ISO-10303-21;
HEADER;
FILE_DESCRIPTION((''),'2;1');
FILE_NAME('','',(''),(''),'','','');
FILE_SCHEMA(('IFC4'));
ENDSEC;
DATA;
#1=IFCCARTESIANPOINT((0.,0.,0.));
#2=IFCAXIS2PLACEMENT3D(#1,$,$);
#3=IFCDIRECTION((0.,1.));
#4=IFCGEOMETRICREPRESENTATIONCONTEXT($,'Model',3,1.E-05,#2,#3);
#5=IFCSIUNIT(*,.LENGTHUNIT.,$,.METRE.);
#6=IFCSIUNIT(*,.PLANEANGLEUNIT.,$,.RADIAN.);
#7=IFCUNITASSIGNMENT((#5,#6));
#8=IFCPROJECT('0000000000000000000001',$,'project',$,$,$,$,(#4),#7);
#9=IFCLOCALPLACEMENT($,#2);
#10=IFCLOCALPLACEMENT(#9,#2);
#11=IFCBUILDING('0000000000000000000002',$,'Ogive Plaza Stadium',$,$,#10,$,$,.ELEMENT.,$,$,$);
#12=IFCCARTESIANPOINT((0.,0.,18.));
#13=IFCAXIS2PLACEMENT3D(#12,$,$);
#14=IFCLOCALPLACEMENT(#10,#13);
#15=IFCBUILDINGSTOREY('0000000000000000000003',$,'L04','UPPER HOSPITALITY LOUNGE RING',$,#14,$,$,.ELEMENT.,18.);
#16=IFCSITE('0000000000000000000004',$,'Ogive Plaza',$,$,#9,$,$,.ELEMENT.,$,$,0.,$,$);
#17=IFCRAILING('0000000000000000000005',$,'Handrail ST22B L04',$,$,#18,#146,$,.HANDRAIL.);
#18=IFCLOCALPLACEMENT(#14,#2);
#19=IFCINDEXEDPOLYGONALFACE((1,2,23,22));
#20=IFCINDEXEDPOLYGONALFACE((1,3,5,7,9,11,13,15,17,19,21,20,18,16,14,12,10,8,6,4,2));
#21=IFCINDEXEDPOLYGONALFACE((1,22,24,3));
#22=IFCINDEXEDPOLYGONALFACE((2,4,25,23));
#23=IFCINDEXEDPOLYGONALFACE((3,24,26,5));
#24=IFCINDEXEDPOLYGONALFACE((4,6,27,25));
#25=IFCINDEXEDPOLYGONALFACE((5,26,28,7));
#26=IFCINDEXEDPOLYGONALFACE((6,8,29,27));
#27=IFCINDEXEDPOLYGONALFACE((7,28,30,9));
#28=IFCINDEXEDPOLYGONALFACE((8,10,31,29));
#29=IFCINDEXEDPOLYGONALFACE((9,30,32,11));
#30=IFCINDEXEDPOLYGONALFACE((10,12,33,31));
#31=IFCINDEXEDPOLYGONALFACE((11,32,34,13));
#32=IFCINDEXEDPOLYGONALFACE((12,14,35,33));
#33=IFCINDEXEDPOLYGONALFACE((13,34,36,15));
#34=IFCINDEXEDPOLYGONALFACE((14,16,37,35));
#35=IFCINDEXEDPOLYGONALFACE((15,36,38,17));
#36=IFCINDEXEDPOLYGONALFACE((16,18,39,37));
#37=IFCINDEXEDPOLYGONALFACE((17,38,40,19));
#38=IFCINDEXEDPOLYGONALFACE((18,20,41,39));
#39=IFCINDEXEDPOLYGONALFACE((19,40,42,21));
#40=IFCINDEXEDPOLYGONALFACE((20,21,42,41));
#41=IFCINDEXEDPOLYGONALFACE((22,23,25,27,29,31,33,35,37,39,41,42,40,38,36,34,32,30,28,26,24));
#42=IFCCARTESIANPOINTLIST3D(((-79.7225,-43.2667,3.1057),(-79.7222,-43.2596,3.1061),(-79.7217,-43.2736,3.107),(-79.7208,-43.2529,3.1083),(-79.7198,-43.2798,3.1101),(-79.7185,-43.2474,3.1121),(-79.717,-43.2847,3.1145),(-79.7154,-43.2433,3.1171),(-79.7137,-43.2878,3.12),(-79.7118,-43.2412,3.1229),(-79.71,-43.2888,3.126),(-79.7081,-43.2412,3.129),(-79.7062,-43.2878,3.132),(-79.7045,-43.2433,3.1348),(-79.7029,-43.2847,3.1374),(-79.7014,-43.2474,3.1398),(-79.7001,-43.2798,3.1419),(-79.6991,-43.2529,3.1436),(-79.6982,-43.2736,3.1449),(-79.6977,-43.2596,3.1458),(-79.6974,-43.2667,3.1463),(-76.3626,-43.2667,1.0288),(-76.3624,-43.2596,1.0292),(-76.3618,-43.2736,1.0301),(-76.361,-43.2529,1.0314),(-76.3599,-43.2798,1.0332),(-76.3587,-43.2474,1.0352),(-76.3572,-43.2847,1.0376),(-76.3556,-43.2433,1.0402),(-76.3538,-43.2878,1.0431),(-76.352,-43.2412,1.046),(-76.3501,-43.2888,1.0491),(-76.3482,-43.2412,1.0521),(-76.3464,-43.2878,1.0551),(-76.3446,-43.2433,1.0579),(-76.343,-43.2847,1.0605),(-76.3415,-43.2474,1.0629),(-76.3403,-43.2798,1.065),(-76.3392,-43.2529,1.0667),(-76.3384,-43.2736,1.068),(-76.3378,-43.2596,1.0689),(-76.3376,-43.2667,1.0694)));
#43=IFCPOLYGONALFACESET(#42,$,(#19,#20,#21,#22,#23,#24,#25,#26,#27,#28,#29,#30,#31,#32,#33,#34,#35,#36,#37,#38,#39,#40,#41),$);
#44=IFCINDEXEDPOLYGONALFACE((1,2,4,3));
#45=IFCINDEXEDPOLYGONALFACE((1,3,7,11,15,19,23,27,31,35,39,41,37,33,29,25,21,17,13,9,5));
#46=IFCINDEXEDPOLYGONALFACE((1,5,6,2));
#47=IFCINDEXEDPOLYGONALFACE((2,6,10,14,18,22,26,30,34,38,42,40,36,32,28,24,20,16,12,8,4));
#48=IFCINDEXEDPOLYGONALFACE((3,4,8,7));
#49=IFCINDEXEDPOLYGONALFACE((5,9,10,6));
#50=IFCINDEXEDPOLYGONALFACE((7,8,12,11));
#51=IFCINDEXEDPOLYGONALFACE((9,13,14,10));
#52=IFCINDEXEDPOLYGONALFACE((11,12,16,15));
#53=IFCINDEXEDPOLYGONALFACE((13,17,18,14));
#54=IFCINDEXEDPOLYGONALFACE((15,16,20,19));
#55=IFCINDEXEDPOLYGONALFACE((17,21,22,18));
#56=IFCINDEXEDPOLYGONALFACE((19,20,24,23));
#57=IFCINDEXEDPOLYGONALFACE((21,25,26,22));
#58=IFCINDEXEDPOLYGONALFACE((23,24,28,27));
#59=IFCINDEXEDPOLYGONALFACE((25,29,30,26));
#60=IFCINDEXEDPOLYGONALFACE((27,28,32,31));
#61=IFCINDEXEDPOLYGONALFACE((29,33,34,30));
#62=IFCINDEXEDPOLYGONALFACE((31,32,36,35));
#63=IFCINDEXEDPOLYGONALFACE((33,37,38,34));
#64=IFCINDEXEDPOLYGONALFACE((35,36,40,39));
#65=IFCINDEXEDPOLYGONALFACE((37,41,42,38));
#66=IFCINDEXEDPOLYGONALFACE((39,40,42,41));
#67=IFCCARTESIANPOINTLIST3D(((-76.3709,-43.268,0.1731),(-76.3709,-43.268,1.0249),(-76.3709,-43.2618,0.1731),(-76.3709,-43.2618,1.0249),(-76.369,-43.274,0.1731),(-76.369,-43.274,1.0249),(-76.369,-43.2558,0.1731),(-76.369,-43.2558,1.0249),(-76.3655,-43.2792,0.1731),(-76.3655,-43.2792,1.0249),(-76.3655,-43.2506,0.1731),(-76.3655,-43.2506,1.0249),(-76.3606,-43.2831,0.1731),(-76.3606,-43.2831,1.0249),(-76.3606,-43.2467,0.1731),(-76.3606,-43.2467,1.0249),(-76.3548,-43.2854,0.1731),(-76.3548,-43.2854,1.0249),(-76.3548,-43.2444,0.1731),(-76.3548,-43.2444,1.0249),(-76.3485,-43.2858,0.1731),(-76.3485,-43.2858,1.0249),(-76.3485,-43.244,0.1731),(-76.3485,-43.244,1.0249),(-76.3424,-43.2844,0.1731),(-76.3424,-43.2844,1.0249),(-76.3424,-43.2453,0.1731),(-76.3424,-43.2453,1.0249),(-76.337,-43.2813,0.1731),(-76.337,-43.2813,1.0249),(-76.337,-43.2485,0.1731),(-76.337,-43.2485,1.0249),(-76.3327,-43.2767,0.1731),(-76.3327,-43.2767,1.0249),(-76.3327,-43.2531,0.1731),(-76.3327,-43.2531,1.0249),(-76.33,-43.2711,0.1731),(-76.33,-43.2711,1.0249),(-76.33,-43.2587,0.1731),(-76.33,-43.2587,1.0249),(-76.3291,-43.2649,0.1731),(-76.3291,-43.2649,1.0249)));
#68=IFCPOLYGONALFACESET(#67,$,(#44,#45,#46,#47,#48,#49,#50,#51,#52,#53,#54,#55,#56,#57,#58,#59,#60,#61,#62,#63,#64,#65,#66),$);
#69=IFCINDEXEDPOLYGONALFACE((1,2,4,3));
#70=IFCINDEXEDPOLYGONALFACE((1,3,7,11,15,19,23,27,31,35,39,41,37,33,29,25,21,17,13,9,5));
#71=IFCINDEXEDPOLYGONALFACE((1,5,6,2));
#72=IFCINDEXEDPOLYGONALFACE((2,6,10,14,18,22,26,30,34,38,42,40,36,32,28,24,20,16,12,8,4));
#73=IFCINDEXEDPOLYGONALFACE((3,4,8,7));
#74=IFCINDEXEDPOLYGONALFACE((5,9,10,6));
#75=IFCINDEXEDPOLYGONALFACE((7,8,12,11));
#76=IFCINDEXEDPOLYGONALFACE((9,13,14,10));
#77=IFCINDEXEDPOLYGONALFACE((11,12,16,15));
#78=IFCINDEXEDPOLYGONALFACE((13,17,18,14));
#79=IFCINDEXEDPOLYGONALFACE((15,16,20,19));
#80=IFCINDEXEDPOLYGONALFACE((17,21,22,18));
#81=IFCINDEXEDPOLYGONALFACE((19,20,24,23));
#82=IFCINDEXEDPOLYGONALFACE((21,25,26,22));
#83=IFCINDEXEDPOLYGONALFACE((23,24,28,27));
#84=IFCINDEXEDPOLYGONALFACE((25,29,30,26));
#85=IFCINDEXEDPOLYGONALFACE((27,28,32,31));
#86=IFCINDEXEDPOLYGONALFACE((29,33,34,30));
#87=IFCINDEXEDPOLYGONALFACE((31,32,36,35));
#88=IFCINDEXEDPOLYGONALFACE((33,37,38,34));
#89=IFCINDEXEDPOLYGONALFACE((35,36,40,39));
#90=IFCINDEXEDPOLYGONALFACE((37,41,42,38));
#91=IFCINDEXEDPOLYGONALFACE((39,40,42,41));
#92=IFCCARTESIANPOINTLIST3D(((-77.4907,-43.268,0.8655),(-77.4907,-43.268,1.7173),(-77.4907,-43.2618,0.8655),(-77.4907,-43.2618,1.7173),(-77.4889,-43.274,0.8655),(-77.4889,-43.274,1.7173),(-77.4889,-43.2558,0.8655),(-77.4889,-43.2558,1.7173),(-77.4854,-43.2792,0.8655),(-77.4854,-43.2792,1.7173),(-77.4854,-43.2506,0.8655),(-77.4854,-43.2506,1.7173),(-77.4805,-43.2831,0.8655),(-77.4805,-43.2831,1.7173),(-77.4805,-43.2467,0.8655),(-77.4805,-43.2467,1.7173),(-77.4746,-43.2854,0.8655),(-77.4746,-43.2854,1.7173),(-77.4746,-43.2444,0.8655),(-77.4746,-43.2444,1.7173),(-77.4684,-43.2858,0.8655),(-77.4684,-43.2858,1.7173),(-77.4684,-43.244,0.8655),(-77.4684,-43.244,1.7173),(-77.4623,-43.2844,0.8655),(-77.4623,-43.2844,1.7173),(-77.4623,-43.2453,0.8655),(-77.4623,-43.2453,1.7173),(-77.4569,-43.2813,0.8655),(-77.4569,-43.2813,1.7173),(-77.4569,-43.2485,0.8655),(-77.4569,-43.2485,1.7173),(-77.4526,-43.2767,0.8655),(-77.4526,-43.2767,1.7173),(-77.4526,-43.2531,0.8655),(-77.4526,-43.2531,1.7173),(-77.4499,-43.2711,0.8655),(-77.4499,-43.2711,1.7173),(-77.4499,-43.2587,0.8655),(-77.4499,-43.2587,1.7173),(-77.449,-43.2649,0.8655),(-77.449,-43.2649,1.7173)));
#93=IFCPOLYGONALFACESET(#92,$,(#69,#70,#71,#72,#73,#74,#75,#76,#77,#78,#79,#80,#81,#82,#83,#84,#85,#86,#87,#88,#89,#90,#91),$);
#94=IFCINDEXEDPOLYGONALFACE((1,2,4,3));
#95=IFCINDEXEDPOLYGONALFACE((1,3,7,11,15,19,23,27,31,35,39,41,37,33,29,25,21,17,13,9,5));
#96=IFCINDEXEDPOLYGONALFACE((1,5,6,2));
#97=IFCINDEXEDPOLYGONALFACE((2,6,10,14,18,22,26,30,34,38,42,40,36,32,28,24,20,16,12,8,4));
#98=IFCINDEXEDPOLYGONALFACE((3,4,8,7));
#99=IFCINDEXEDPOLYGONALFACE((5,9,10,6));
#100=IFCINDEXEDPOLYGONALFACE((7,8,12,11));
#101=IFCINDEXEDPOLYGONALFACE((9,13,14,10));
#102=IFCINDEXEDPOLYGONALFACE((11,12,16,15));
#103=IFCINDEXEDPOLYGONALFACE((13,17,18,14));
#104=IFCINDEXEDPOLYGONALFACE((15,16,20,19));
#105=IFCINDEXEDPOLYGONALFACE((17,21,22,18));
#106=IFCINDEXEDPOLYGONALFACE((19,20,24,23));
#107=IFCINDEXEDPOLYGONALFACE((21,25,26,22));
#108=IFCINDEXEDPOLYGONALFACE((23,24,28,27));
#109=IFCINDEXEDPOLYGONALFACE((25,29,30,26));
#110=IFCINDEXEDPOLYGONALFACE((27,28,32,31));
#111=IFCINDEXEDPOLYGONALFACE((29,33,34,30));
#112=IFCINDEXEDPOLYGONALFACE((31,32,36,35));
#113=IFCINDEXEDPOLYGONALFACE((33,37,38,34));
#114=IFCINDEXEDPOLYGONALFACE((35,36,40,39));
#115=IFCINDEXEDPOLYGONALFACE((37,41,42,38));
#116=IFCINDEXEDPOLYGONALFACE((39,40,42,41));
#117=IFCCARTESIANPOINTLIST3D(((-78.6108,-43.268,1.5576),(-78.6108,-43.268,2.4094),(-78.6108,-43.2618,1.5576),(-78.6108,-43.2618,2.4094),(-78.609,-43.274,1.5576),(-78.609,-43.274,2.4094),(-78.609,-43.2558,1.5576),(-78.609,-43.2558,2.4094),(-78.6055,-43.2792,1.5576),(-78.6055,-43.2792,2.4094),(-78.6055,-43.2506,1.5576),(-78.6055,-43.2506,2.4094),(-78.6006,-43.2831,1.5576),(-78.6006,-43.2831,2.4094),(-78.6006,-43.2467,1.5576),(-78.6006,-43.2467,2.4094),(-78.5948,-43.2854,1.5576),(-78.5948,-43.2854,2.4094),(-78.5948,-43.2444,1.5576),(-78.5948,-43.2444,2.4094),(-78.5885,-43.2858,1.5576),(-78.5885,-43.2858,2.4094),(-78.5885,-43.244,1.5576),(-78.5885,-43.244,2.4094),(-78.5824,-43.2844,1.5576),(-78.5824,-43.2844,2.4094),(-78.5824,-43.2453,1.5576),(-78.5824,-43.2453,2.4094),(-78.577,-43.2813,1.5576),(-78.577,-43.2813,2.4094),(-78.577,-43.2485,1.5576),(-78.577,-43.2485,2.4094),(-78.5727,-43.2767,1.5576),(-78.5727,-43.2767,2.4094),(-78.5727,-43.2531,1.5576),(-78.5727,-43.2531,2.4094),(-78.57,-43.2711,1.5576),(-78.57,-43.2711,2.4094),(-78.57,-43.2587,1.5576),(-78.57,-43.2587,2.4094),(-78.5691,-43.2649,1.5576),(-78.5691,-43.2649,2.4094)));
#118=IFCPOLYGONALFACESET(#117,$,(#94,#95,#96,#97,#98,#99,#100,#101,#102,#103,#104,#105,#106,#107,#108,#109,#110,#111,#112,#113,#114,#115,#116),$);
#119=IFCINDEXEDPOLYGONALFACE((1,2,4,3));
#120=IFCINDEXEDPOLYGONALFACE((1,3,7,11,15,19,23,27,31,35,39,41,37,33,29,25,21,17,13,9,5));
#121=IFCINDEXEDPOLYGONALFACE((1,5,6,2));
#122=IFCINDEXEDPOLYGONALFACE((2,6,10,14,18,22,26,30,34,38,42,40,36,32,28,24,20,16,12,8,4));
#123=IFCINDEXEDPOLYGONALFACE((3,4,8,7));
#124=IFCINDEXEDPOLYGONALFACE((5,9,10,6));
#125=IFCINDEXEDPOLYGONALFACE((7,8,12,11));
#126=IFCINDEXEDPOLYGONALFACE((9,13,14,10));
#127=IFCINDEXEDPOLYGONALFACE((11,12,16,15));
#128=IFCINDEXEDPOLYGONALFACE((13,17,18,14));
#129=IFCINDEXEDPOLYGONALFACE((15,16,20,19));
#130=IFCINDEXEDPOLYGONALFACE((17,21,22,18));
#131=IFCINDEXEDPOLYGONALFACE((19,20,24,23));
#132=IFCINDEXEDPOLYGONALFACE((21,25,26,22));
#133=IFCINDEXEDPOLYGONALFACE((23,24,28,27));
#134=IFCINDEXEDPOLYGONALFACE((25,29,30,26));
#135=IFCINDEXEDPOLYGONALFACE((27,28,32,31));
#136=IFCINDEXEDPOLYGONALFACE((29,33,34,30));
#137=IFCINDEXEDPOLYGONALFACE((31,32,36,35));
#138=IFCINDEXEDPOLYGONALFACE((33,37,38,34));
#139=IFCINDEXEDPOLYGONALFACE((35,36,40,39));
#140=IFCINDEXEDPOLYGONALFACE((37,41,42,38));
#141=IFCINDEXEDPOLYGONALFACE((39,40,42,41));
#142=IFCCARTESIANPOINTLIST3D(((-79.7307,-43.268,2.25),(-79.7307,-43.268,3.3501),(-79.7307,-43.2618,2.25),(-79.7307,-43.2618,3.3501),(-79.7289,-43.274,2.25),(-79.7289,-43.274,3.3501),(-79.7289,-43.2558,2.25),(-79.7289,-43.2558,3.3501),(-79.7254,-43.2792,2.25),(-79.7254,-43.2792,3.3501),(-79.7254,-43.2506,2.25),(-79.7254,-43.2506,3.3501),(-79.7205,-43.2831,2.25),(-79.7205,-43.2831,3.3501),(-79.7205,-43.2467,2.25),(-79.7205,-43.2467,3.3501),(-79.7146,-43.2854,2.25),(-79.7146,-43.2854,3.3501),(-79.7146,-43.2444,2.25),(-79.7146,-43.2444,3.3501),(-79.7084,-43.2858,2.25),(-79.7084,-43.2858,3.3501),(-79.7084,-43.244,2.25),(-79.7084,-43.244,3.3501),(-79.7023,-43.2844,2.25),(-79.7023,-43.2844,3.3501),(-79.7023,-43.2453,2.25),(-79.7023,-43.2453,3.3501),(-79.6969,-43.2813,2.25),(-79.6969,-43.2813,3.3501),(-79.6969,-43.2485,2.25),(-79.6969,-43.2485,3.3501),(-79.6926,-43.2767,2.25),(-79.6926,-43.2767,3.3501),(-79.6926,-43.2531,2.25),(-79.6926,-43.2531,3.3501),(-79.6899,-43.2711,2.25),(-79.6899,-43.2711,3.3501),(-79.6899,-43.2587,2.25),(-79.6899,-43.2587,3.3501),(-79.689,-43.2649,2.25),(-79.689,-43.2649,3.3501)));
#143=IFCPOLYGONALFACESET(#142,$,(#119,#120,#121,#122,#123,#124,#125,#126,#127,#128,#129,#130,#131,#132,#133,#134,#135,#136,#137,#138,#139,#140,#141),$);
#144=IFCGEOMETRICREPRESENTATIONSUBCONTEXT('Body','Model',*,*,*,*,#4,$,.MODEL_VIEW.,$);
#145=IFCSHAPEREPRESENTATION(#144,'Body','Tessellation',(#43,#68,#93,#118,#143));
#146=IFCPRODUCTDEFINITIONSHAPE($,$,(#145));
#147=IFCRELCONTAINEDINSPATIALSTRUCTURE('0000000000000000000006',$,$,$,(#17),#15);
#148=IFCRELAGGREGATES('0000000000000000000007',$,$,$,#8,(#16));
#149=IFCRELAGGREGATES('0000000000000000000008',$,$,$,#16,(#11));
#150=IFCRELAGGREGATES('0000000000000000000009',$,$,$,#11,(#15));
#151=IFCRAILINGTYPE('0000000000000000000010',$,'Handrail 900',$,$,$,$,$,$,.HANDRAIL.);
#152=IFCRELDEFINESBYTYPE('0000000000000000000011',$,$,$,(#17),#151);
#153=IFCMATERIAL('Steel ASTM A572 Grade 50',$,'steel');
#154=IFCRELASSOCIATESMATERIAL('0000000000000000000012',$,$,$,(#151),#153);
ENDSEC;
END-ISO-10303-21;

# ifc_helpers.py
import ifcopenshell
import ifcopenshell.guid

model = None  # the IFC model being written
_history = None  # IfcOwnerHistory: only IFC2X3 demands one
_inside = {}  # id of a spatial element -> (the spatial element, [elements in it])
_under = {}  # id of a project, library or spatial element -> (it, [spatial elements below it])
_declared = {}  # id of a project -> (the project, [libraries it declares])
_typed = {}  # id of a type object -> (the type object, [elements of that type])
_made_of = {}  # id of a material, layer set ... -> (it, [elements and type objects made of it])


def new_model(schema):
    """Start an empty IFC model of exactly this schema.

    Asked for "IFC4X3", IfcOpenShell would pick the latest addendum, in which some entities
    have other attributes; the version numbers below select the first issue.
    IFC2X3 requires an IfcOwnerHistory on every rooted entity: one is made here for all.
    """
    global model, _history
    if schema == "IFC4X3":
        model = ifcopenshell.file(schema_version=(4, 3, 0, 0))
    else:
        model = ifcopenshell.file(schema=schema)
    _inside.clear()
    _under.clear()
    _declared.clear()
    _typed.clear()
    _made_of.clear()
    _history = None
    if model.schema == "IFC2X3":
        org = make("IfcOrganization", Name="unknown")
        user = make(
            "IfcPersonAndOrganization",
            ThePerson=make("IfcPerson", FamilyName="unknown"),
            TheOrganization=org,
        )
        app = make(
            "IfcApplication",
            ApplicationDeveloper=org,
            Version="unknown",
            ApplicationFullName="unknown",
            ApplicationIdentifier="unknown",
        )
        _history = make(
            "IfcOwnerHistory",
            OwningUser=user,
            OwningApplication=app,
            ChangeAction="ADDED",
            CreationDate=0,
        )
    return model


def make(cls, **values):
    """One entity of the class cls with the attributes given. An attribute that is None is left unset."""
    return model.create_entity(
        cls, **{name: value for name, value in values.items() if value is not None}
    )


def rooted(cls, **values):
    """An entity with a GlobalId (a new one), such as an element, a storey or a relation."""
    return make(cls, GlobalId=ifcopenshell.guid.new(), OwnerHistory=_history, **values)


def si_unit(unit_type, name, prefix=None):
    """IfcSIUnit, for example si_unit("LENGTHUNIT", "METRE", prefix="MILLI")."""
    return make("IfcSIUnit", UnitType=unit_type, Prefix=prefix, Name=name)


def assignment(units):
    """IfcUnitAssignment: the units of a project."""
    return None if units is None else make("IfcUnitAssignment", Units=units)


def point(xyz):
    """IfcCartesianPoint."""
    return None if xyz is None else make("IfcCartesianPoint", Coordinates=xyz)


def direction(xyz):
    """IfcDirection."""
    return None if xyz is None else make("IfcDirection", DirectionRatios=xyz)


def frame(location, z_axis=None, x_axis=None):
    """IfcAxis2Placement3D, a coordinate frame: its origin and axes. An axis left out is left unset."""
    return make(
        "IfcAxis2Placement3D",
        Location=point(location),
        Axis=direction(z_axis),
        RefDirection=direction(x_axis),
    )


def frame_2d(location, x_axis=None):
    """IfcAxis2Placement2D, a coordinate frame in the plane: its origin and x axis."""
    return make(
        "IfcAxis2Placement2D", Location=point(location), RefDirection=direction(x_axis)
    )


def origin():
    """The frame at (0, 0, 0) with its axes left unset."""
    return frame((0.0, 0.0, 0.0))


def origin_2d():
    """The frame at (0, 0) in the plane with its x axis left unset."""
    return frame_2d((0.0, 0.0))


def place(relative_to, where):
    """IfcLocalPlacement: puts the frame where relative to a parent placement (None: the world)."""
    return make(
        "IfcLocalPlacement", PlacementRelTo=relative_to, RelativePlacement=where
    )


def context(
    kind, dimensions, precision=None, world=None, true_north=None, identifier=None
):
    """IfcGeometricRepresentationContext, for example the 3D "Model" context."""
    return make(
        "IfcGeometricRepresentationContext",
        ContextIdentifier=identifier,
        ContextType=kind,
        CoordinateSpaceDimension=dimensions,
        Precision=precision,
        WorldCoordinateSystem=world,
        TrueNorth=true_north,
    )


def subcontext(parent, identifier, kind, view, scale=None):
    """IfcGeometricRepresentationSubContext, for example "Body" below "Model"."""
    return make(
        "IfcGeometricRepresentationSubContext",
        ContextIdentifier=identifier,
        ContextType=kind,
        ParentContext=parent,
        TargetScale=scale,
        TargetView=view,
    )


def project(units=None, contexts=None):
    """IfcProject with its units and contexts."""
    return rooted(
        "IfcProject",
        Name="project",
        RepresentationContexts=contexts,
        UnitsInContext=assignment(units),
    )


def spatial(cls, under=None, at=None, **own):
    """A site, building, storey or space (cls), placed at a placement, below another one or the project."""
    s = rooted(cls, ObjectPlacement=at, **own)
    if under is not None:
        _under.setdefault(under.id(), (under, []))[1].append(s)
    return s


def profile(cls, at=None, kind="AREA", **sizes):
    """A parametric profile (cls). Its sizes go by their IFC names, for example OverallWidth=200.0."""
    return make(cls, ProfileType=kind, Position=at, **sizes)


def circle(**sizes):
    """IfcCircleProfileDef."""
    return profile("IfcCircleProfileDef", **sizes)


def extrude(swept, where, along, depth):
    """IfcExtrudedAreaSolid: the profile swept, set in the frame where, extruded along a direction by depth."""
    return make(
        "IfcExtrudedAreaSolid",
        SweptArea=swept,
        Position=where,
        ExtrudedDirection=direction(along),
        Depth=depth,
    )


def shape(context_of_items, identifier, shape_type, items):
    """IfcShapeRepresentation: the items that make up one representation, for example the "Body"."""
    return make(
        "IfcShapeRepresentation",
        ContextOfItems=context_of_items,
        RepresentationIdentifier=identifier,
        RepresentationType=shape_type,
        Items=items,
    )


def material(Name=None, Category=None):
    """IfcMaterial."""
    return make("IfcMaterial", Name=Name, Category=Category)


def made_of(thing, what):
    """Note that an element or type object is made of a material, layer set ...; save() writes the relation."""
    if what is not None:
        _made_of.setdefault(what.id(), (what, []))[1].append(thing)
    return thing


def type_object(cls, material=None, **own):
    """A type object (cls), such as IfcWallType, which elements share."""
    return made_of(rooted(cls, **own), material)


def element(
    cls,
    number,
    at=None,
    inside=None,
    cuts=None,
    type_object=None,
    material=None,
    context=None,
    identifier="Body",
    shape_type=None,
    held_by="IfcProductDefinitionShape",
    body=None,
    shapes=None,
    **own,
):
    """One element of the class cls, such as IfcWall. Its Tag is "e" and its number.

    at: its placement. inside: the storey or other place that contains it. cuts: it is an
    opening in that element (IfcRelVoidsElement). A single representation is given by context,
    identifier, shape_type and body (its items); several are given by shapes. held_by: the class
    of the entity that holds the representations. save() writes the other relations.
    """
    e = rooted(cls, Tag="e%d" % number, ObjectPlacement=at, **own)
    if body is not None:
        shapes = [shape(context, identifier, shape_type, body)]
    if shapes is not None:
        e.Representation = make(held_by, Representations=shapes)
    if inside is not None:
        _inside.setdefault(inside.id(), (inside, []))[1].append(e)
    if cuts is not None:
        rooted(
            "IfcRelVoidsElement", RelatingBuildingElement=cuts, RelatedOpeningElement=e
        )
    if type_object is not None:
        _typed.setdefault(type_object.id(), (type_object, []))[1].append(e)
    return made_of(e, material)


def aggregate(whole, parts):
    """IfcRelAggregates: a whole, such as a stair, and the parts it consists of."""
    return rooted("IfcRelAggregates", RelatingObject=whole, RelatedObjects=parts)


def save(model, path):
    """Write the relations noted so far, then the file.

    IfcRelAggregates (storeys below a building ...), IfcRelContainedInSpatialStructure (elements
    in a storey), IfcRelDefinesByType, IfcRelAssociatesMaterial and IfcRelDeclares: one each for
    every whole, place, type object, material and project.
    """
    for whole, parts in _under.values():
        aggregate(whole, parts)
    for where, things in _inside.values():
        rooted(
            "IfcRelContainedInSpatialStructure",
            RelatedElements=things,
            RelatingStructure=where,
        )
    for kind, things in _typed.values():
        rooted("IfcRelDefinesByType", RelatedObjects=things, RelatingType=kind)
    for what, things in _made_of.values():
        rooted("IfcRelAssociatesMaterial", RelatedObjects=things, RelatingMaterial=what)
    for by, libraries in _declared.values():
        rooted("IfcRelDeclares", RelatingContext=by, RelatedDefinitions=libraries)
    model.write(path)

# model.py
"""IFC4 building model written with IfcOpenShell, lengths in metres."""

from ifc_helpers import new_model, si_unit, direction, frame, origin, origin_2d, place, context, subcontext, project, spatial, circle, extrude, material, type_object, element, save


model = new_model("IFC4")

# Units and contexts
model_context = context("Model", 3, precision=1e-05, world=origin(), true_north=direction((0.0, 1.0)))
body_context = subcontext(model_context, "Body", "Model", "MODEL_VIEW")
ifc_project = project(units=[si_unit("LENGTHUNIT", "METRE"), si_unit("PLANEANGLEUNIT", "RADIAN")], contexts=[model_context])

# Site, building, storey
site_placement = place(None, origin())
site = spatial("IfcSite", under=ifc_project, at=site_placement, Name="Ogive Plaza", CompositionType="ELEMENT", RefElevation=0.0)
building_placement = place(site_placement, origin())
building = spatial("IfcBuilding", under=site, at=building_placement, Name="Ogive Plaza Stadium", CompositionType="ELEMENT")
storey_placement = place(building_placement, frame((0.0, 0.0, 18.0)))
storey = spatial("IfcBuildingStorey", under=building, at=storey_placement, Name="L04", Description="UPPER HOSPITALITY LOUNGE RING", CompositionType="ELEMENT", Elevation=18.0)

# Railing
ifc_material_1 = material(Name="Steel ASTM A572 Grade 50", Category="steel")
railing_type_1 = type_object("IfcRailingType", Name="Handrail 900", PredefinedType="HANDRAIL", material=ifc_material_1)
for number, where, name in (
    (1, (-76.3501, -43.2649, 0.1731), "Handrail ST22B L04"),
):
    element("IfcRailing", number, at=place(storey_placement, frame(where)), inside=storey, type_object=railing_type_1, Name=name, PredefinedType="HANDRAIL", context=body_context, shape_type="SweptSolid", body=[
        extrude(circle(Radius=0.0239, at=origin_2d()), frame((0.0, 0.0, 0.876), z_axis=(-0.850606, 0.0, 0.525803), x_axis=(0.0, -1.0, 0.0)), (0.0, 0.0, 1.0), 3.95),
        extrude(circle(Radius=0.021, at=origin_2d()), origin(), (0.0, 0.0, 1.0), 0.8518),
        extrude(circle(Radius=0.021, at=origin_2d()), frame((-1.1199, 0.0, 0.6924)), (0.0, 0.0, 1.0), 0.8518),
        extrude(circle(Radius=0.021, at=origin_2d()), frame((-2.24, 0.0, 1.3845)), (0.0, 0.0, 1.0), 0.8518),
        extrude(circle(Radius=0.021, at=origin_2d()), frame((-3.3599, 0.0, 2.0769)), (0.0, 0.0, 1.0), 1.1001),
    ])

save(model, "model.ifc")
